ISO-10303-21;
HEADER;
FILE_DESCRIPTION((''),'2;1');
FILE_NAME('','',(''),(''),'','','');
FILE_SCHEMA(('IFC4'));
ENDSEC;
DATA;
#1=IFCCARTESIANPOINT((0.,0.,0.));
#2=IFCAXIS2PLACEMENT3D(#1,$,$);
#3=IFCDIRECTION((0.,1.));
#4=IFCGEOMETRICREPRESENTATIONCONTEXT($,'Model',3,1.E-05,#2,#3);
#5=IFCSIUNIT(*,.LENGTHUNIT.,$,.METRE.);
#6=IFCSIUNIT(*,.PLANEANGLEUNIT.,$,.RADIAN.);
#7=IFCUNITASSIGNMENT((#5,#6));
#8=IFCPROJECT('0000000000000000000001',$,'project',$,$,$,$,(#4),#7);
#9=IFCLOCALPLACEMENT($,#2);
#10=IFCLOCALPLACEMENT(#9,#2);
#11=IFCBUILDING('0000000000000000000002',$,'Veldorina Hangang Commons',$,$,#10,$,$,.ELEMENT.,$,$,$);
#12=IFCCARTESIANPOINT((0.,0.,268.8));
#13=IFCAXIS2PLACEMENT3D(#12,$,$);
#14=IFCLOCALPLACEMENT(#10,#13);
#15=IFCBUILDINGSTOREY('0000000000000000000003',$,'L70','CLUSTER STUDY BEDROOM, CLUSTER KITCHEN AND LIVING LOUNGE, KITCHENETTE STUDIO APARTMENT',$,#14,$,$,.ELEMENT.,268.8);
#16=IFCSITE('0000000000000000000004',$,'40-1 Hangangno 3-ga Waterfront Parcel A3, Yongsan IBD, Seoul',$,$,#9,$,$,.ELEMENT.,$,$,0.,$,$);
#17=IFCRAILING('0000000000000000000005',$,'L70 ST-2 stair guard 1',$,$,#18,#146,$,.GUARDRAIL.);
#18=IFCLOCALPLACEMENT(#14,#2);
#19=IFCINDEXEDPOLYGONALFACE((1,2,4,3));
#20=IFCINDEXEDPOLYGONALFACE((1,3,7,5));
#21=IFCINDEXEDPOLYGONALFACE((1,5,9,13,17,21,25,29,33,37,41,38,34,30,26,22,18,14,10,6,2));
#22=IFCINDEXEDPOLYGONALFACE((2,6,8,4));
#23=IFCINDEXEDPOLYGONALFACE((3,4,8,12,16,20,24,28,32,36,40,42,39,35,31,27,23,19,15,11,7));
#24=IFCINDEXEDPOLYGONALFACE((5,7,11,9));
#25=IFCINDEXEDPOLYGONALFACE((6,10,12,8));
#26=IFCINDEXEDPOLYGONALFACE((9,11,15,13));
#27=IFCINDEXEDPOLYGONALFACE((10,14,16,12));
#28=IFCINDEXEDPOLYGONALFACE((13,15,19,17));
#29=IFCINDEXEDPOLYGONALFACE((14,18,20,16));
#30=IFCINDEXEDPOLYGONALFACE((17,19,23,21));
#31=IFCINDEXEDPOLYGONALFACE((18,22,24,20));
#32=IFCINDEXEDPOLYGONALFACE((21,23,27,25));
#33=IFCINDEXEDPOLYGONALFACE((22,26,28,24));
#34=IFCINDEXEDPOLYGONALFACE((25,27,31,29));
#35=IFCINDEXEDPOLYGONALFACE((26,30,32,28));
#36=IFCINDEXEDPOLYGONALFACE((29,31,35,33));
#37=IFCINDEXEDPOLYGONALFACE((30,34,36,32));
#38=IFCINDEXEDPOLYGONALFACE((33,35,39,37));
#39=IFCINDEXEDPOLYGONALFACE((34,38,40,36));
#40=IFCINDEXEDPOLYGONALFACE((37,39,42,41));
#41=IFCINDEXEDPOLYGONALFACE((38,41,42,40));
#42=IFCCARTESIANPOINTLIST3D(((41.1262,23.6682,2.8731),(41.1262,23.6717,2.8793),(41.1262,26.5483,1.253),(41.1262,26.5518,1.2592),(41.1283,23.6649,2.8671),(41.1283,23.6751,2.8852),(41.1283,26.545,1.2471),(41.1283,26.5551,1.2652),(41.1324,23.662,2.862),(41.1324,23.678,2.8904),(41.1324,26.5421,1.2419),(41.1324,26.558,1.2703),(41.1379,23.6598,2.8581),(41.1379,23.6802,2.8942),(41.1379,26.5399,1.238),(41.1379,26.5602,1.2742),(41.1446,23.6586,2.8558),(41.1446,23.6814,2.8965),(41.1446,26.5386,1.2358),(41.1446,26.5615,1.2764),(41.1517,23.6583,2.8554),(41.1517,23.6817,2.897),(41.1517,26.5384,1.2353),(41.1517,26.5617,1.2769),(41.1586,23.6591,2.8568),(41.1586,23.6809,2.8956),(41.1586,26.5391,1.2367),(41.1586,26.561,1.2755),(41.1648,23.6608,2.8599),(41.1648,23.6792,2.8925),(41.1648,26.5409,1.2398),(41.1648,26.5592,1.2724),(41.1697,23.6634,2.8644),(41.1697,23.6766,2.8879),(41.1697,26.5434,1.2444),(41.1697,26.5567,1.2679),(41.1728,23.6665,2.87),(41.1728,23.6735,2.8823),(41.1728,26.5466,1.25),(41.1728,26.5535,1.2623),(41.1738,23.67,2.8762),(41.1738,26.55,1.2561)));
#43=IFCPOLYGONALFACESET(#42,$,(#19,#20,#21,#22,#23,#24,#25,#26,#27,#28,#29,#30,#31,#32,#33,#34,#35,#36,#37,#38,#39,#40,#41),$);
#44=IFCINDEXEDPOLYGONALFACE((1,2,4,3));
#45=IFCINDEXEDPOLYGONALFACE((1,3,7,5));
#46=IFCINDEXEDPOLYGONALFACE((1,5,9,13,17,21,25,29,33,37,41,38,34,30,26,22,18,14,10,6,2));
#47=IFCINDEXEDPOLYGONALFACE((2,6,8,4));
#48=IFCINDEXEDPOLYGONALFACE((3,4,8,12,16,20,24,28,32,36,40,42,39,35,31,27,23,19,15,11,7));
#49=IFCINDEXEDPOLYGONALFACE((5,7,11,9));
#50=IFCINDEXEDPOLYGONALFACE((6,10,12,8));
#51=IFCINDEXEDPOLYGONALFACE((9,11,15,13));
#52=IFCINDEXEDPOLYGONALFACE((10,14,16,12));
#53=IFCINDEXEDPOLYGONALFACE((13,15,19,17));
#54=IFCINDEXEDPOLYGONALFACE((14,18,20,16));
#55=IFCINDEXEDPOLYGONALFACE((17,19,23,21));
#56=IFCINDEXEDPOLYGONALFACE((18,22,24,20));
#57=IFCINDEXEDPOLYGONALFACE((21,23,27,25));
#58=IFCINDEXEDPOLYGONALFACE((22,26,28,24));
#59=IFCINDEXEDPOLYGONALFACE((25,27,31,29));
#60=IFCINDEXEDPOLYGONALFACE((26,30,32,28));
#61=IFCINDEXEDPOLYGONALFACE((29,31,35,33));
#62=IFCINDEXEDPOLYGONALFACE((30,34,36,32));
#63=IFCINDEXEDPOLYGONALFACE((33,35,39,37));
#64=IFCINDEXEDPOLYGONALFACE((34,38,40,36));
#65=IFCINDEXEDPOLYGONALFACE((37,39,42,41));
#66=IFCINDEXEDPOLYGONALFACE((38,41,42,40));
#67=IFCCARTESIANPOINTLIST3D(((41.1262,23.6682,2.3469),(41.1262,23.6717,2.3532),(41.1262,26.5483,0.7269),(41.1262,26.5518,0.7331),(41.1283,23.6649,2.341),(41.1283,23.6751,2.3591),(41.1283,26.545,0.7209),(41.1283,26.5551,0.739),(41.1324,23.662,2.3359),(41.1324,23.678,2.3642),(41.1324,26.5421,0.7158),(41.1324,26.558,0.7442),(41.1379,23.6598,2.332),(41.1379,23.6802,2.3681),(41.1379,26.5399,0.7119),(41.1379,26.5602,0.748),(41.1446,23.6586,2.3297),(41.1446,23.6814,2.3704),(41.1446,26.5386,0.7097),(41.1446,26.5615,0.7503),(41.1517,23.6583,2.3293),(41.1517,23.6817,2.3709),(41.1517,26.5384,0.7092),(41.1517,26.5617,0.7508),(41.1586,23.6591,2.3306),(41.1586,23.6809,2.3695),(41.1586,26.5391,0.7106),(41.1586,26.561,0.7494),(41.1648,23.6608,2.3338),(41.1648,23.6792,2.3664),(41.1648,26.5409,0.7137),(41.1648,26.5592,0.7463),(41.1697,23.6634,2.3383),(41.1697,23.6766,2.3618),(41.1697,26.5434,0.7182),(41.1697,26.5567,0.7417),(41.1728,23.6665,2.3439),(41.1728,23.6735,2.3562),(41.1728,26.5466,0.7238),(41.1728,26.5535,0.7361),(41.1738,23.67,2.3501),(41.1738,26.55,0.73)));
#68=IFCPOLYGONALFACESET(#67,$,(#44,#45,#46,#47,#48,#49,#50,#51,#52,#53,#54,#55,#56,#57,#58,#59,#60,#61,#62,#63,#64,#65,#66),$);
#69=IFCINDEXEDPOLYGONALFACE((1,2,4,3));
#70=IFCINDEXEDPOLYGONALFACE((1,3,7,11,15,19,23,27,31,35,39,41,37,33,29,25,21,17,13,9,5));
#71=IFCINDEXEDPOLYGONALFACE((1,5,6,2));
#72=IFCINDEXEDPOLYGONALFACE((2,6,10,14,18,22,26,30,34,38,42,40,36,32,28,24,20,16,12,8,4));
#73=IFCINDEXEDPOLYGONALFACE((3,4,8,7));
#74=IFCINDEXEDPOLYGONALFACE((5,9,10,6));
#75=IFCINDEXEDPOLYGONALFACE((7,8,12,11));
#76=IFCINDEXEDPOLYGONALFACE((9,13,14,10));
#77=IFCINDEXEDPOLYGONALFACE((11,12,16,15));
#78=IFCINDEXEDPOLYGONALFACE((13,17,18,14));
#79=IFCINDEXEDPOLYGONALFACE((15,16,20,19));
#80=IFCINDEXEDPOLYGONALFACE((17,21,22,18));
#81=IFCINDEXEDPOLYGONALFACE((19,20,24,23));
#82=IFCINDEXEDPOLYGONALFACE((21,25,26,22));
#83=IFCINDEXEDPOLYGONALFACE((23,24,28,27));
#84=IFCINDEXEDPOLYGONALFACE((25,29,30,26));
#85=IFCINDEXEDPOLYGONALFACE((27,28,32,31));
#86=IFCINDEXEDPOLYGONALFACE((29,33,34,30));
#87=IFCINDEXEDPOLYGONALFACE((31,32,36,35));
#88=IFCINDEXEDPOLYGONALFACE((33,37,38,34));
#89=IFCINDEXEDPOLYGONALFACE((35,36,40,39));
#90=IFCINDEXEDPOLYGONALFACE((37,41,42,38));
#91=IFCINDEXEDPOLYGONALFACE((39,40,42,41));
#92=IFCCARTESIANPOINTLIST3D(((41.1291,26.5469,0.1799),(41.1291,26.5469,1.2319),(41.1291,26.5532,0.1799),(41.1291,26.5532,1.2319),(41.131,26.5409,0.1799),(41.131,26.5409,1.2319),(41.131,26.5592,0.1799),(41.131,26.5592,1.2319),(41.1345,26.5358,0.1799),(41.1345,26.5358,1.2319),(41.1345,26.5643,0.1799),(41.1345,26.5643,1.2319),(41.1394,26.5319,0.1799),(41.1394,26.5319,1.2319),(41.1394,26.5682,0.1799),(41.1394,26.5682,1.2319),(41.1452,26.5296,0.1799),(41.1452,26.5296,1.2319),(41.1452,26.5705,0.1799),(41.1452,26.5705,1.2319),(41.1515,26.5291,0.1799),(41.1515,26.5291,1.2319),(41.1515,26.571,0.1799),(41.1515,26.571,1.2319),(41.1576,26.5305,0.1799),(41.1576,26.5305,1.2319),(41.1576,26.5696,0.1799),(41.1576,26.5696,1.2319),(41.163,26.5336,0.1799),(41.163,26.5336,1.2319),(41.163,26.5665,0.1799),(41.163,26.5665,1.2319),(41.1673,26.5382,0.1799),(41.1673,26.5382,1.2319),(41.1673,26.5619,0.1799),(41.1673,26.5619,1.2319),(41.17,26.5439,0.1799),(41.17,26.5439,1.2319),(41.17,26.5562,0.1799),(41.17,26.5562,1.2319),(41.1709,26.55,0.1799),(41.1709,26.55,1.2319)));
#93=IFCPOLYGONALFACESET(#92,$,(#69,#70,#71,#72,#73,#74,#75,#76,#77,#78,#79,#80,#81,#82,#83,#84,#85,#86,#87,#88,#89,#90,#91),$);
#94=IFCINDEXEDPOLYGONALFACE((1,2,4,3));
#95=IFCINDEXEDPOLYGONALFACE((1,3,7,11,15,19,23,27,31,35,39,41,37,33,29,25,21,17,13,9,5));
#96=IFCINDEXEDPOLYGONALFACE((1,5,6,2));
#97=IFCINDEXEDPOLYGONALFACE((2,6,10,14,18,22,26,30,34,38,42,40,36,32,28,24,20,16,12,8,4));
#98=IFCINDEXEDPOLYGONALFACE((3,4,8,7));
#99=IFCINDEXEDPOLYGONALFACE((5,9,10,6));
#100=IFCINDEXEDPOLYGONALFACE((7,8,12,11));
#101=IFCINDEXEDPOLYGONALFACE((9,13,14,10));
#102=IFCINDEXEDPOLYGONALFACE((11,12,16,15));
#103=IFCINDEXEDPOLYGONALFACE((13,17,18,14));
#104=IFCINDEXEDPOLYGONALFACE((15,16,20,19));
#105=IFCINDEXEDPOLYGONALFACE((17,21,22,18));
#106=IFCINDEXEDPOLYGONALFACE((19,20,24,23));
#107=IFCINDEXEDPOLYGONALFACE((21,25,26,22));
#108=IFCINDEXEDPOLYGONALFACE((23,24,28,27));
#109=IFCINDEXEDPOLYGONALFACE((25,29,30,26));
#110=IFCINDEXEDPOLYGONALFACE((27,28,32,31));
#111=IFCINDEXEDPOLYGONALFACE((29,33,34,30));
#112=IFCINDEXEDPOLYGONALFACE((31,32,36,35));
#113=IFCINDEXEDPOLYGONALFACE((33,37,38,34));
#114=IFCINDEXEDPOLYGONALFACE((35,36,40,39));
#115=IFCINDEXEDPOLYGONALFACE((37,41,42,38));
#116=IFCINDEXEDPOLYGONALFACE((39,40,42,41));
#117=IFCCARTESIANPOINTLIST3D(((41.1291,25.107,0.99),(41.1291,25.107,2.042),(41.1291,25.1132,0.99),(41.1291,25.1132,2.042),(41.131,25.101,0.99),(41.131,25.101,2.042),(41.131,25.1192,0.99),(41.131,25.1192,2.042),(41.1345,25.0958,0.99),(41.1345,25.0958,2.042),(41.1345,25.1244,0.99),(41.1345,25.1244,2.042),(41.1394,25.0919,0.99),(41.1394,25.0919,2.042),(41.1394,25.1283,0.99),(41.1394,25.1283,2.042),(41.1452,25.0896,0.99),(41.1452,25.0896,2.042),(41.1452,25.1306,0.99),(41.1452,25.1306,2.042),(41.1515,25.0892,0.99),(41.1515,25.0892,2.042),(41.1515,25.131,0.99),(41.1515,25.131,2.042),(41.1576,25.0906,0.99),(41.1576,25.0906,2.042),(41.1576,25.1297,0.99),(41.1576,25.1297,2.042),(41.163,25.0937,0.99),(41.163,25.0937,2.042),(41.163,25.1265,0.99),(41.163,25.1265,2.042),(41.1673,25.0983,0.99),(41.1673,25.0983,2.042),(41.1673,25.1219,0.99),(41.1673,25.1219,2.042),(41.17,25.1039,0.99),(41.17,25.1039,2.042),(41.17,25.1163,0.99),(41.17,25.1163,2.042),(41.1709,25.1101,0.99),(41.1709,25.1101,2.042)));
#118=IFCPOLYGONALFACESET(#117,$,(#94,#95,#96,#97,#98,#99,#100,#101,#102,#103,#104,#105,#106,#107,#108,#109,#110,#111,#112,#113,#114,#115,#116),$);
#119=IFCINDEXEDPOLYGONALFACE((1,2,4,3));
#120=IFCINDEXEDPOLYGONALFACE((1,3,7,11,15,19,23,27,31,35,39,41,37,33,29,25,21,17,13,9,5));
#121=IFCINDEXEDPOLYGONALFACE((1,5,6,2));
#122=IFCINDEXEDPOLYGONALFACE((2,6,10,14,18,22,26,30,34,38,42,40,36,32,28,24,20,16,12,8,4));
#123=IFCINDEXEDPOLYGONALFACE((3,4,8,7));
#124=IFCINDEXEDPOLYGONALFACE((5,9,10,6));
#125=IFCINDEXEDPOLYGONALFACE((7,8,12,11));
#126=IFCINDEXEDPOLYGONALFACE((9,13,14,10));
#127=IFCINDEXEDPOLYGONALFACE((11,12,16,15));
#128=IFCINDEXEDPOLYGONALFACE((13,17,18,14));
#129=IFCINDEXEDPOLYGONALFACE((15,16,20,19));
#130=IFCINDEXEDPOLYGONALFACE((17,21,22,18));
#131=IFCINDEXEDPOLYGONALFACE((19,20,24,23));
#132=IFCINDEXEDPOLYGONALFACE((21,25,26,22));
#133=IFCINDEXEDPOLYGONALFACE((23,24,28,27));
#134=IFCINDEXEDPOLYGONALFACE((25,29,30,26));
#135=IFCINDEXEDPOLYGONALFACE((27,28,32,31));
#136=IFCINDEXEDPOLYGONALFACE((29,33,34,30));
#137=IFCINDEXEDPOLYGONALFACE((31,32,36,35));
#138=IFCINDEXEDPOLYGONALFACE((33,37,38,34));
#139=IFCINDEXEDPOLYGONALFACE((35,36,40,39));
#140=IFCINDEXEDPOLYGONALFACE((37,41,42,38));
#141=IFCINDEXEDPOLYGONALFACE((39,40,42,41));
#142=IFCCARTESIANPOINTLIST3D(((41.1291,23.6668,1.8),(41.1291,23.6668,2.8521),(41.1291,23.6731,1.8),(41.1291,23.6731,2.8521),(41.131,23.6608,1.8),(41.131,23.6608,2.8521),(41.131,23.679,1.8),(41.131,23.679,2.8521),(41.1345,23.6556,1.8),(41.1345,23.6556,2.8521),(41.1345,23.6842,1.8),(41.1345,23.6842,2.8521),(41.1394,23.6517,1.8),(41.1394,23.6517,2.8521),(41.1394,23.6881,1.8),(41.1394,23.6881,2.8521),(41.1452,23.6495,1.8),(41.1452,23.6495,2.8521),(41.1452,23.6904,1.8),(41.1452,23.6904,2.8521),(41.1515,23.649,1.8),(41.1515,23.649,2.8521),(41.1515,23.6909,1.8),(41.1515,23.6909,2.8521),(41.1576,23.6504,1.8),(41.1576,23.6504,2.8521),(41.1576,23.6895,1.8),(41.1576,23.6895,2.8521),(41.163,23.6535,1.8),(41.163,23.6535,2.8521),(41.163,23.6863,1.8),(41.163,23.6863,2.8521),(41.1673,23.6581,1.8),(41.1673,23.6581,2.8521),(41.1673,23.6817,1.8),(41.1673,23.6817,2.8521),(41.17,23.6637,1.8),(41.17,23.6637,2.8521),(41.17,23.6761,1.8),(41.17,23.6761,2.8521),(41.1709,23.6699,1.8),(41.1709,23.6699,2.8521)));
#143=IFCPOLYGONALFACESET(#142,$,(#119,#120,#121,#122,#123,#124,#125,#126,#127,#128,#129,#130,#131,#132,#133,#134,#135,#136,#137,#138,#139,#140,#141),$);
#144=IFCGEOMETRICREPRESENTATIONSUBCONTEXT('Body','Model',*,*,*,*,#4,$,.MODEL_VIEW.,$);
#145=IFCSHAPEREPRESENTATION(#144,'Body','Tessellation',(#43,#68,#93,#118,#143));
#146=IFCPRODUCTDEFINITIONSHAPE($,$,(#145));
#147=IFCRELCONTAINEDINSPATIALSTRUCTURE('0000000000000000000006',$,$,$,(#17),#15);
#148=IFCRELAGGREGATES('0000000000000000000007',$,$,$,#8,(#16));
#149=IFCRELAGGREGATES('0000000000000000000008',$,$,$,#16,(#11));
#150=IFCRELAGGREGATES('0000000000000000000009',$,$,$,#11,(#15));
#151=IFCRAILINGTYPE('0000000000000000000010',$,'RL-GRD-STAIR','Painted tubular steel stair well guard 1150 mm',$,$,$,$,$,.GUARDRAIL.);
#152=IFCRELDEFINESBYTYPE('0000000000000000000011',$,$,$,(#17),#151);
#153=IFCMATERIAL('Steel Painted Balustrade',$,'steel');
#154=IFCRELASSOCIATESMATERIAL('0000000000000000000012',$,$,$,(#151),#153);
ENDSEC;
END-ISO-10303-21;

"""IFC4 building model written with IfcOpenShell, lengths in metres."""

from ifc_helpers import new_model, si_unit, direction, frame, origin, origin_2d, place, context, subcontext, project, spatial, circle, extrude, material, type_object, element, save


model = new_model("IFC4")

# Units and contexts
model_context = context("Model", 3, precision=1e-05, world=origin(), true_north=direction((0.0, 1.0)))
body_context = subcontext(model_context, "Body", "Model", "MODEL_VIEW")
ifc_project = project(units=[si_unit("LENGTHUNIT", "METRE"), si_unit("PLANEANGLEUNIT", "RADIAN")], contexts=[model_context])

# Site, building, storey
site_placement = place(None, origin())
site = spatial("IfcSite", under=ifc_project, at=site_placement, Name="40-1 Hangangno 3-ga Waterfront Parcel A3, Yongsan IBD, Seoul", CompositionType="ELEMENT", RefElevation=0.0)
building_placement = place(site_placement, origin())
building = spatial("IfcBuilding", under=site, at=building_placement, Name="Veldorina Hangang Commons", CompositionType="ELEMENT")
storey_placement = place(building_placement, frame((0.0, 0.0, 268.8)))
storey = spatial("IfcBuildingStorey", under=building, at=storey_placement, Name="L70", Description="CLUSTER STUDY BEDROOM, CLUSTER KITCHEN AND LIVING LOUNGE, KITCHENETTE STUDIO APARTMENT", CompositionType="ELEMENT", Elevation=268.8)

# Railing
ifc_material_1 = material(Name="Steel Painted Balustrade", Category="steel")
railing_type_1 = type_object("IfcRailingType", Name="RL-GRD-STAIR", Description="Painted tubular steel stair well guard 1150 mm", PredefinedType="GUARDRAIL", material=ifc_material_1)
railing_1_placement = place(storey_placement, frame((41.1499, 26.55, 0.1799)))
element("IfcRailing", 1, at=railing_1_placement, inside=storey, type_object=railing_type_1, Name="L70 ST-2 stair guard 1", PredefinedType="GUARDRAIL", context=body_context, shape_type="SweptSolid", body=[
    extrude(circle(Radius=0.0239, at=origin_2d()), frame((0.0, 0.0, 1.0762), z_axis=(0.0, -0.87157, 0.490272), x_axis=(1.0, 0.0, 0.0)), (0.0, 0.0, 1.0), 3.3044),
    extrude(circle(Radius=0.0239, at=origin_2d()), frame((0.0, 0.0, 0.55), z_axis=(0.0, -0.87157, 0.490272), x_axis=(1.0, 0.0, 0.0)), (0.0, 0.0, 1.0), 3.3044),
    extrude(circle(Radius=0.021, at=origin_2d()), origin(), (0.0, 0.0, 1.0), 1.052),
    extrude(circle(Radius=0.021, at=origin_2d()), frame((0.0, -1.4399, 0.8101)), (0.0, 0.0, 1.0), 1.052),
    extrude(circle(Radius=0.021, at=origin_2d()), frame((0.0, -2.8801, 1.6201)), (0.0, 0.0, 1.0), 1.052),
])

save(model, "model.ifc")
